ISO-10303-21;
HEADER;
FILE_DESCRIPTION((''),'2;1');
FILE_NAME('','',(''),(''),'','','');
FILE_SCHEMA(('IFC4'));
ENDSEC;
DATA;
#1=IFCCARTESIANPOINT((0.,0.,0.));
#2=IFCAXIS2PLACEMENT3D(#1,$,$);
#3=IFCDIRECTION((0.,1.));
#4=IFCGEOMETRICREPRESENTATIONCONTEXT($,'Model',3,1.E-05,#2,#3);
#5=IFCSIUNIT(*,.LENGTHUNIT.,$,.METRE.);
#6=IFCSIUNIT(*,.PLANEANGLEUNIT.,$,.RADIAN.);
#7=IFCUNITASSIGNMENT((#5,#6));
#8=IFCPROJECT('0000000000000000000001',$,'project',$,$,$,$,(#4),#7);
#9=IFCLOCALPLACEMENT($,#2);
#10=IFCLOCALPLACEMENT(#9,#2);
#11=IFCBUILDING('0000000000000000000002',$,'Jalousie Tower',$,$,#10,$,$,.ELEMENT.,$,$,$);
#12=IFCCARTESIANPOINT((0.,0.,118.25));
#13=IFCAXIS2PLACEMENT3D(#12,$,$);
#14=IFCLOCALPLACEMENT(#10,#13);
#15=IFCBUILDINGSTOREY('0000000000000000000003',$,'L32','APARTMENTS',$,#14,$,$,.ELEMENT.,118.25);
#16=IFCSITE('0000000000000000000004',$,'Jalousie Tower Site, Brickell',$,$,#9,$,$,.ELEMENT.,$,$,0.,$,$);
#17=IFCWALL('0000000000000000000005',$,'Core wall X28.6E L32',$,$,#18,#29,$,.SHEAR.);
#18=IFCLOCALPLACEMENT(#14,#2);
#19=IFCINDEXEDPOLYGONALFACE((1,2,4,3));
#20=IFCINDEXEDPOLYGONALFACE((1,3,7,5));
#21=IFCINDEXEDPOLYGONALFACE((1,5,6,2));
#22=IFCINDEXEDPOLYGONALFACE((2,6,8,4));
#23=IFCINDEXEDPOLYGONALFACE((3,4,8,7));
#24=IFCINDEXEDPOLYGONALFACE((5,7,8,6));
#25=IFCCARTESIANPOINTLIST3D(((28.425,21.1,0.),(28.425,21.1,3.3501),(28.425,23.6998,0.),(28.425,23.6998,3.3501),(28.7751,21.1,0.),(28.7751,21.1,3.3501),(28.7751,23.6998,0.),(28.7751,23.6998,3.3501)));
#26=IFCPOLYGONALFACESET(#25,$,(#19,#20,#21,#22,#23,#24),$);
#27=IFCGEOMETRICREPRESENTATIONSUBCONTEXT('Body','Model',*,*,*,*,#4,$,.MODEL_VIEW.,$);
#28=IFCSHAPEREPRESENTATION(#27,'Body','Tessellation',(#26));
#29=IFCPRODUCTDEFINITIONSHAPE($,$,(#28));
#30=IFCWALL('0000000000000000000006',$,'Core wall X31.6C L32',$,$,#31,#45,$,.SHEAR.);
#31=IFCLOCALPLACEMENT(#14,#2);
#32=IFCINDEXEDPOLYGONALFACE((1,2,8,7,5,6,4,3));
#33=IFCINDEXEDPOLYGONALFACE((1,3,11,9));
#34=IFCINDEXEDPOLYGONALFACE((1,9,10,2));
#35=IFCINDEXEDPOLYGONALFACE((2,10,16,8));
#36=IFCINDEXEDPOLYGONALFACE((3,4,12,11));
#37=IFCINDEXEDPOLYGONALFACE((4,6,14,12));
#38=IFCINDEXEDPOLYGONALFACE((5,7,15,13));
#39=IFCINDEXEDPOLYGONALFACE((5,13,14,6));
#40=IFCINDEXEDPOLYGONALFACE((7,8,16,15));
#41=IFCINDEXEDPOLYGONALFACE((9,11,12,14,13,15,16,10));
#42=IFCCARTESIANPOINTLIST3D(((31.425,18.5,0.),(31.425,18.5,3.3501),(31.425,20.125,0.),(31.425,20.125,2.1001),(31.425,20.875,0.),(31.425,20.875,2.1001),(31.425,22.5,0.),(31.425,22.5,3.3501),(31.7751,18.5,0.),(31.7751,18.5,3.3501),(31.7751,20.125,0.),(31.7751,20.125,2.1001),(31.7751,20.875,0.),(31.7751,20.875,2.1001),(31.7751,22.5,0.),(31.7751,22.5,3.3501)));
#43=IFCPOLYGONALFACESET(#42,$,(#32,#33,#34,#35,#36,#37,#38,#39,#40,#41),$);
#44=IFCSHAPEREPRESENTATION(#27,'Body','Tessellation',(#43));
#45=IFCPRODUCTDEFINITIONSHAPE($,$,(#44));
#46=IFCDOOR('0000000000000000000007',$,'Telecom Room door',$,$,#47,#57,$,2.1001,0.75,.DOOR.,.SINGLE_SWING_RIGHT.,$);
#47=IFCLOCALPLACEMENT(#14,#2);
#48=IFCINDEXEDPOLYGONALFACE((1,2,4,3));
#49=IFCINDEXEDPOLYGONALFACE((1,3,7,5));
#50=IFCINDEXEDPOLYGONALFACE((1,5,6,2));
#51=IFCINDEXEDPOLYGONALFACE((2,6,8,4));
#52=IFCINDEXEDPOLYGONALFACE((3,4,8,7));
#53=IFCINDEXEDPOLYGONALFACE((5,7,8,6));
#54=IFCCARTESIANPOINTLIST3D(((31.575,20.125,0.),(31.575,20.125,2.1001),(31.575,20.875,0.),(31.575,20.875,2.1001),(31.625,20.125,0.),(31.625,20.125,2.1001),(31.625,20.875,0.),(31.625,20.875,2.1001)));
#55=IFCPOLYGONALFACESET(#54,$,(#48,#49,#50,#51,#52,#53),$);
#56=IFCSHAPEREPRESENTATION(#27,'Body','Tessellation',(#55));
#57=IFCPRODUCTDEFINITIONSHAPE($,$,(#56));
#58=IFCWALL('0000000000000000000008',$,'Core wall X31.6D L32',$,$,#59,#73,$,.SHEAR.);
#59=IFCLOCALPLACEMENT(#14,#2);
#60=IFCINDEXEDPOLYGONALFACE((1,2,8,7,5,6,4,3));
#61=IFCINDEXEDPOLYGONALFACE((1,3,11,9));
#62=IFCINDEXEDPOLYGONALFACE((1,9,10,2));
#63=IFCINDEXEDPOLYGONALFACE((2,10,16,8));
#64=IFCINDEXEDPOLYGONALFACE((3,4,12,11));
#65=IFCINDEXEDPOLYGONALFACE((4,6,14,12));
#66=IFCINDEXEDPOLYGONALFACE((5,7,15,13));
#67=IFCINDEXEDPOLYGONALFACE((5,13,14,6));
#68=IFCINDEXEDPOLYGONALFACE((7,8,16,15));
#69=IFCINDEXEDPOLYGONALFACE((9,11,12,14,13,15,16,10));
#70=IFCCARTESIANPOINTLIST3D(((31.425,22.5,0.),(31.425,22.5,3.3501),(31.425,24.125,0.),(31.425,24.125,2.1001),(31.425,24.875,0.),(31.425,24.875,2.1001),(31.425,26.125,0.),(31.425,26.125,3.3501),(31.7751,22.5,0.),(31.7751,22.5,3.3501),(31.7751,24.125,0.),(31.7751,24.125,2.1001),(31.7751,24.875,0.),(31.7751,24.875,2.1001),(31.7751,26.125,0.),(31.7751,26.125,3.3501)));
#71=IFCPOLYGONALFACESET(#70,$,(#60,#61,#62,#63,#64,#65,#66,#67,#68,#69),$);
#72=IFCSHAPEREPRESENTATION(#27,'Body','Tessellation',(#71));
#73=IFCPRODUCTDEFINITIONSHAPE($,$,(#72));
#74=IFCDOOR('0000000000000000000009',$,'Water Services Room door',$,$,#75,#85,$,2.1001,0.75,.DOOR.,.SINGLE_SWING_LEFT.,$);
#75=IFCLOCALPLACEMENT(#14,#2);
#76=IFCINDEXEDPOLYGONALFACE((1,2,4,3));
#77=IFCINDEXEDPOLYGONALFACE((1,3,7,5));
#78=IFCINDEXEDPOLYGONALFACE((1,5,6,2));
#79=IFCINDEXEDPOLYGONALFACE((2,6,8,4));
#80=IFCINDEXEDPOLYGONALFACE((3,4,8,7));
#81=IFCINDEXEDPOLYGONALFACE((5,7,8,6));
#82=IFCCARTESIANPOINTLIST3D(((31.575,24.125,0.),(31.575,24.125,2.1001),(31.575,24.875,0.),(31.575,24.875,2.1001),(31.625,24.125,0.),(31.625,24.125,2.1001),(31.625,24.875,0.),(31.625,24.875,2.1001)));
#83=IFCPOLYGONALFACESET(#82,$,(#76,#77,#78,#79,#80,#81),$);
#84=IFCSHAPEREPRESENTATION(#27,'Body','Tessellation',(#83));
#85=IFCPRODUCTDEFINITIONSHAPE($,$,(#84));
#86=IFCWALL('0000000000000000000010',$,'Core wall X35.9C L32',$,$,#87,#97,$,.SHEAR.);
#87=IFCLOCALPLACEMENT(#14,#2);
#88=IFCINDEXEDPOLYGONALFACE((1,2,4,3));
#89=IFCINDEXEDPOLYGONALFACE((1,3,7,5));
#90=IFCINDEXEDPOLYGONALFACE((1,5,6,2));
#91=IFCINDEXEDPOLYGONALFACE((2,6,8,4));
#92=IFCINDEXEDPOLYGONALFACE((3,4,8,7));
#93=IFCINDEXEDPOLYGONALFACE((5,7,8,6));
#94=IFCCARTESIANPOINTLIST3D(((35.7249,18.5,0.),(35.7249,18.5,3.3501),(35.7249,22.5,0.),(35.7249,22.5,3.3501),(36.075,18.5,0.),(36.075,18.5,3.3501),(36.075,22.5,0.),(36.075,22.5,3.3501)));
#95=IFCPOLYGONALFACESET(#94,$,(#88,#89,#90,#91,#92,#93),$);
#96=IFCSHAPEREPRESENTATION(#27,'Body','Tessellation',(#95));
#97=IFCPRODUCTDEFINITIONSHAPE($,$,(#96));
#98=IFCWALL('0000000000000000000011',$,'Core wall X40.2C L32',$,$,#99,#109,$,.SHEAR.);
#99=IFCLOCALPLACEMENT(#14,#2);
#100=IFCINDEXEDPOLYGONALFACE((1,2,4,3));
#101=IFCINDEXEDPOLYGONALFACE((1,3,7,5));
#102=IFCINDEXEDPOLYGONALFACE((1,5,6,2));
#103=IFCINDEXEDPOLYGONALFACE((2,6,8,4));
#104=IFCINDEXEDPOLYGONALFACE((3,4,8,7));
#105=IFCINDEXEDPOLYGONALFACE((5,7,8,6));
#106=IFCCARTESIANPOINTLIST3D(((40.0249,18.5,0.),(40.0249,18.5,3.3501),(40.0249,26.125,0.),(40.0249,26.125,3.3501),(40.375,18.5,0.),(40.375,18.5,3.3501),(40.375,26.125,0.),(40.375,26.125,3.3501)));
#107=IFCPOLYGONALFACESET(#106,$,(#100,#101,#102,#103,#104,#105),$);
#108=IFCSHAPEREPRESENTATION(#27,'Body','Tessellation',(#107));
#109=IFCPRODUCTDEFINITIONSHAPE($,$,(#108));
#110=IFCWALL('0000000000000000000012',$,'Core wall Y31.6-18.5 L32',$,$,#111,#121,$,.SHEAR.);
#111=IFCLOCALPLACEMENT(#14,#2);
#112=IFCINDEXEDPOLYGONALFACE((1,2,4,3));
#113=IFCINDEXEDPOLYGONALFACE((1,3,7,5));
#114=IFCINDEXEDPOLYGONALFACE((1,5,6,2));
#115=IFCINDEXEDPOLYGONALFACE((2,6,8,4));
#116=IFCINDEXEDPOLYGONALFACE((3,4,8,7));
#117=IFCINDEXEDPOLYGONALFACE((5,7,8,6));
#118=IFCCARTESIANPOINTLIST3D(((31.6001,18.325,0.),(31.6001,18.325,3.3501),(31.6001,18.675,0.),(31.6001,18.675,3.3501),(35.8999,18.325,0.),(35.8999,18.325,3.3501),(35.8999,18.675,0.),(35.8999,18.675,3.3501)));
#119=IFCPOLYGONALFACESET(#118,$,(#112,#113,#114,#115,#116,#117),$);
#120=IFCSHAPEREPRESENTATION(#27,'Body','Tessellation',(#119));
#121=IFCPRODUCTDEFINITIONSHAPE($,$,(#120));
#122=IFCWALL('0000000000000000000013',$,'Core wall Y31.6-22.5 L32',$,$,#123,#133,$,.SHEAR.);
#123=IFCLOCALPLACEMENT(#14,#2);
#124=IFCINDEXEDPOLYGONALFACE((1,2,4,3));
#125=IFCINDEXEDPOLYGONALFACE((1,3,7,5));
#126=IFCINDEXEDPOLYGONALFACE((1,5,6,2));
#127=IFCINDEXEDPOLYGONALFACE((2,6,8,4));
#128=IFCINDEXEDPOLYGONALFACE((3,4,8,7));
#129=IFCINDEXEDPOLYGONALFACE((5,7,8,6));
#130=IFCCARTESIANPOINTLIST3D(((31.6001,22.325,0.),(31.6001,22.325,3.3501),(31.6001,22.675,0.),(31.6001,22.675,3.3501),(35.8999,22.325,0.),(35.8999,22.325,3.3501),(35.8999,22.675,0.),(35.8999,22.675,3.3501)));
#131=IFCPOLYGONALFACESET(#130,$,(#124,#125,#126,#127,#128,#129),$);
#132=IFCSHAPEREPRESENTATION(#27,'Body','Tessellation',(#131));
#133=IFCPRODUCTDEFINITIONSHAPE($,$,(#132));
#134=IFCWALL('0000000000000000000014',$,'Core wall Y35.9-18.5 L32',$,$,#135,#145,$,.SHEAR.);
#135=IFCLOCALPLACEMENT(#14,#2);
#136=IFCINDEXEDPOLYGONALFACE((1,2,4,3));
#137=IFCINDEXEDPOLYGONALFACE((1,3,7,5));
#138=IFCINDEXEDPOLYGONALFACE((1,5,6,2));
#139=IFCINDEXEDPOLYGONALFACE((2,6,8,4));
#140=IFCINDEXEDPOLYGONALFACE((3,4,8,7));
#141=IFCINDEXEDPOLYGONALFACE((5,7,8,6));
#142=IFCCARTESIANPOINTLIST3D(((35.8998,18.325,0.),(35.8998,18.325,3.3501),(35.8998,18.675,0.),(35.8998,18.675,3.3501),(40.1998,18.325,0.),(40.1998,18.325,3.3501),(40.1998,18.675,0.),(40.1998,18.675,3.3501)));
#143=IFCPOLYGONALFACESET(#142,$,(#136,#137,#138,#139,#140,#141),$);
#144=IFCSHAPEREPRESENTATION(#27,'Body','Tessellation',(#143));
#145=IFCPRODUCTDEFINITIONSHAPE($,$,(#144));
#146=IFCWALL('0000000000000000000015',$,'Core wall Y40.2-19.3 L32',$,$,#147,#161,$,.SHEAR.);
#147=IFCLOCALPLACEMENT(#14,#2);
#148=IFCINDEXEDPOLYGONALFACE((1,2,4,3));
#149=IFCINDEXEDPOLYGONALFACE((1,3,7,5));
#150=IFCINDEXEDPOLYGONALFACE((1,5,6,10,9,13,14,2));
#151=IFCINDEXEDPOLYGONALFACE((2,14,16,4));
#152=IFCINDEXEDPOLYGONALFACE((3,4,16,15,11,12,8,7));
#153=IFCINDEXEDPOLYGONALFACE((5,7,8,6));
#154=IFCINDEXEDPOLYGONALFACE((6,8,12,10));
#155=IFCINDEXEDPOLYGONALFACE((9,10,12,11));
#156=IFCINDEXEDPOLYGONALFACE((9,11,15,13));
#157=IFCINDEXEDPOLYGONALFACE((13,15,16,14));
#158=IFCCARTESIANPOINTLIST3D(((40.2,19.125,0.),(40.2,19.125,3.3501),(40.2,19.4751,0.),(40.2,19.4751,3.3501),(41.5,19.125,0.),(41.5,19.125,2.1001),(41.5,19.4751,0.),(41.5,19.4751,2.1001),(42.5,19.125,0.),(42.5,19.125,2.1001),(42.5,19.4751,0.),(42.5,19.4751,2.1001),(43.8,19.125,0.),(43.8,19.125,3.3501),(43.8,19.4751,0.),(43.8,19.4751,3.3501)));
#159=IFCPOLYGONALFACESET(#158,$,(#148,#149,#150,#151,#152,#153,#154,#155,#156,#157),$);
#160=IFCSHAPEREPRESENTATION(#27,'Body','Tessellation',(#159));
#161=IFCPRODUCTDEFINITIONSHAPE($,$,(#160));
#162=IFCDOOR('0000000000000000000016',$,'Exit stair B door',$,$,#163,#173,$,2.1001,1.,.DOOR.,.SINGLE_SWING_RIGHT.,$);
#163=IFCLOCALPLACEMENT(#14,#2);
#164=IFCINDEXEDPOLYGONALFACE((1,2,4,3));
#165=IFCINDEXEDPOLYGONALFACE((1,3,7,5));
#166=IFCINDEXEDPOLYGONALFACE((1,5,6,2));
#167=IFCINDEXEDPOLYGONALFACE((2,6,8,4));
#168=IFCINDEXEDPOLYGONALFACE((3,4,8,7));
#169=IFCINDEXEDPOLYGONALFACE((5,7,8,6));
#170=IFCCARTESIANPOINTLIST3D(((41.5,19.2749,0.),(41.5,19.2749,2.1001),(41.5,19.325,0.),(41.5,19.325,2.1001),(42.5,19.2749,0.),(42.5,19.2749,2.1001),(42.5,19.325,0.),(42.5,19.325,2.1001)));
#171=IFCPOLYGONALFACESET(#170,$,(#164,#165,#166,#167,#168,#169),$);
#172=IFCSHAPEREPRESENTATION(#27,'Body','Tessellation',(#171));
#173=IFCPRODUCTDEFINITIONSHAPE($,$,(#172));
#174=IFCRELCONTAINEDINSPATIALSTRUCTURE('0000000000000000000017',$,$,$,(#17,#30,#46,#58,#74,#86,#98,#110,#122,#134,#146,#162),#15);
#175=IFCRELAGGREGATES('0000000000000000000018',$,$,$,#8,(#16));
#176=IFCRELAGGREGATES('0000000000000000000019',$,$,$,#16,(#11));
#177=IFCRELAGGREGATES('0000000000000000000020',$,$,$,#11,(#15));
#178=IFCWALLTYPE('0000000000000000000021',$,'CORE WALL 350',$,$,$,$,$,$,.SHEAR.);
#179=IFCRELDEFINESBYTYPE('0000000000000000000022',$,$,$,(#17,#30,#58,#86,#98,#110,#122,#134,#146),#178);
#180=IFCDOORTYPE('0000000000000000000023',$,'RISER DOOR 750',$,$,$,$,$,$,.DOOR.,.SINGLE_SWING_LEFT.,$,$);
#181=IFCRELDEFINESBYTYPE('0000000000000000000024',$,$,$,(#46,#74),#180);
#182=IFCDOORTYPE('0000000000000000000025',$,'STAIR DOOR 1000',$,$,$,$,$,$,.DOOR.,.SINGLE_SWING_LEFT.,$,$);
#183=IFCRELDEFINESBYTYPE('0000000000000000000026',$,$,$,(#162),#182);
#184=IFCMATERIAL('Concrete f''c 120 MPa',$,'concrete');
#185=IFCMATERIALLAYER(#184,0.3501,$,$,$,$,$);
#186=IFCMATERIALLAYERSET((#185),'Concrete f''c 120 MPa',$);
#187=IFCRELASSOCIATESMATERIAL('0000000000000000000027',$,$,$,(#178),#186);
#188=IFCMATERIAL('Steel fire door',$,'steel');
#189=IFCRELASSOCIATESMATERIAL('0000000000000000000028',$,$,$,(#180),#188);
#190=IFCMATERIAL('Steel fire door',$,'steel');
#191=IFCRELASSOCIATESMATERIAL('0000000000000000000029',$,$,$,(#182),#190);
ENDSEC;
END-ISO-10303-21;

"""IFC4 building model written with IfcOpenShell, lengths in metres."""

from ifc_helpers import new_model, si_unit, direction, frame, frame_2d, origin, place, context, subcontext, project, spatial, rectangle, extrude, material, layer, layer_set, type_object, element, fill, save


model = new_model("IFC4")

# Units and contexts
model_context = context("Model", 3, precision=1e-05, world=origin(), true_north=direction((0.0, 1.0)))
body_context = subcontext(model_context, "Body", "Model", "MODEL_VIEW")
ifc_project = project(units=[si_unit("LENGTHUNIT", "METRE"), si_unit("PLANEANGLEUNIT", "RADIAN")], contexts=[model_context])

# Site, building, storey
site_placement = place(None, origin())
site = spatial("IfcSite", under=ifc_project, at=site_placement, Name="Jalousie Tower Site, Brickell", CompositionType="ELEMENT", RefElevation=0.0)
building_placement = place(site_placement, origin())
building = spatial("IfcBuilding", under=site, at=building_placement, Name="Jalousie Tower", CompositionType="ELEMENT")
storey_placement = place(building_placement, frame((0.0, 0.0, 118.25)))
storey = spatial("IfcBuildingStorey", under=building, at=storey_placement, Name="L32", Description="APARTMENTS", CompositionType="ELEMENT", Elevation=118.25)

# Wall
ifc_material_1 = material(Name="Concrete f'c 120 MPa", Category="concrete")
ifc_layer = layer(ifc_material_1, 0.3501)
ifc_layer_set = layer_set([ifc_layer], Name="Concrete f'c 120 MPa")
wall_type_1 = type_object("IfcWallType", Name="CORE WALL 350", PredefinedType="SHEAR", material=ifc_layer_set)
wall_1_placement = place(storey_placement, frame((28.6001, 21.1001, 0.0), z_axis=(0.0, 0.0, 1.0), x_axis=(0.0, 1.0, 0.0)))
element("IfcWall", 1, at=wall_1_placement, inside=storey, type_object=wall_type_1, Name="Core wall X28.6E L32", PredefinedType="SHEAR", context=body_context, shape_type="SweptSolid", body=[
    extrude(rectangle(XDim=2.5999, YDim=0.3501, at=frame_2d((1.2998, 0.0))), origin(), (0.0, 0.0, 1.0), 3.3501),
])

# Walls, openings, doors
wall_2_placement = place(storey_placement, frame((31.6001, 18.5, 0.0), z_axis=(0.0, 0.0, 1.0), x_axis=(0.0, 1.0, 0.0)))
wall_2 = element("IfcWall", 2, at=wall_2_placement, inside=storey, type_object=wall_type_1, Name="Core wall X31.6C L32", PredefinedType="SHEAR", context=body_context, shape_type="SweptSolid", body=[
    extrude(rectangle(XDim=4.0, YDim=0.3501, at=frame_2d((2.0, 0.0))), origin(), (0.0, 0.0, 1.0), 3.3501),
])
opening_1_placement = place(wall_2_placement, frame((1.625, 0.0, 0.0)))
opening_1 = element("IfcOpeningElement", 3, at=opening_1_placement, cuts=wall_2, PredefinedType="OPENING", context=body_context, shape_type="SweptSolid", body=[
    extrude(rectangle(XDim=0.75, YDim=2.1001, at=frame_2d((0.375, 1.05))), frame((0.0, 0.1851, 0.0), z_axis=(0.0, -1.0, 0.0), x_axis=(1.0, 0.0, 0.0)), (0.0, 0.0, 1.0), 0.3701),
])
ifc_material_2 = material(Name="Steel fire door", Category="steel")
door_type_1 = type_object("IfcDoorType", Name="RISER DOOR 750", OperationType="SINGLE_SWING_LEFT", PredefinedType="DOOR", material=ifc_material_2)
door_1_placement = place(opening_1_placement, frame((0.75, 0.0, 0.0), z_axis=(0.0, 0.0, 1.0), x_axis=(-1.0, 0.0, 0.0)))
door_1 = element("IfcDoor", 4, at=door_1_placement, inside=storey, type_object=door_type_1, Name="Telecom Room door", OperationType="SINGLE_SWING_RIGHT", OverallHeight=2.1001, OverallWidth=0.75, PredefinedType="DOOR", context=body_context, shape_type="SweptSolid", body=[
    extrude(rectangle(XDim=0.75, YDim=2.1001, at=frame_2d((0.375, 1.05))), frame((0.0, 0.0249, 0.0), z_axis=(0.0, -1.0, 0.0), x_axis=(1.0, 0.0, 0.0)), (0.0, 0.0, 1.0), 0.05),
])
fill(opening_1, door_1)
wall_3_placement = place(storey_placement, frame((31.6001, 22.5, 0.0), z_axis=(0.0, 0.0, 1.0), x_axis=(0.0, 1.0, 0.0)))
wall_3 = element("IfcWall", 5, at=wall_3_placement, inside=storey, type_object=wall_type_1, Name="Core wall X31.6D L32", PredefinedType="SHEAR", context=body_context, shape_type="SweptSolid", body=[
    extrude(rectangle(XDim=3.625, YDim=0.3501, at=frame_2d((1.8125, 0.0))), origin(), (0.0, 0.0, 1.0), 3.3501),
])
opening_2_placement = place(wall_3_placement, frame((1.625, 0.0, 0.0)))
opening_2 = element("IfcOpeningElement", 6, at=opening_2_placement, cuts=wall_3, PredefinedType="OPENING", context=body_context, shape_type="SweptSolid", body=[
    extrude(rectangle(XDim=0.75, YDim=2.1001, at=frame_2d((0.375, 1.05))), frame((0.0, 0.1851, 0.0), z_axis=(0.0, -1.0, 0.0), x_axis=(1.0, 0.0, 0.0)), (0.0, 0.0, 1.0), 0.3701),
])
door_2_placement = place(opening_2_placement, frame((0.75, 0.0, 0.0), z_axis=(0.0, 0.0, 1.0), x_axis=(-1.0, 0.0, 0.0)))
door_2 = element("IfcDoor", 7, at=door_2_placement, inside=storey, type_object=door_type_1, Name="Water Services Room door", OperationType="SINGLE_SWING_LEFT", OverallHeight=2.1001, OverallWidth=0.75, PredefinedType="DOOR", context=body_context, shape_type="SweptSolid", body=[
    extrude(rectangle(XDim=0.75, YDim=2.1001, at=frame_2d((0.375, 1.05))), frame((0.0, 0.0249, 0.0), z_axis=(0.0, -1.0, 0.0), x_axis=(1.0, 0.0, 0.0)), (0.0, 0.0, 1.0), 0.05),
])
fill(opening_2, door_2)

# Walls
wall_4_placement = place(storey_placement, frame((35.8999, 18.5, 0.0), z_axis=(0.0, 0.0, 1.0), x_axis=(0.0, 1.0, 0.0)))
element("IfcWall", 8, at=wall_4_placement, inside=storey, type_object=wall_type_1, Name="Core wall X35.9C L32", PredefinedType="SHEAR", context=body_context, shape_type="SweptSolid", body=[
    extrude(rectangle(XDim=4.0, YDim=0.3501, at=frame_2d((2.0, 0.0))), origin(), (0.0, 0.0, 1.0), 3.3501),
])
wall_5_placement = place(storey_placement, frame((40.2, 18.5, 0.0), z_axis=(0.0, 0.0, 1.0), x_axis=(0.0, 1.0, 0.0)))
element("IfcWall", 9, at=wall_5_placement, inside=storey, type_object=wall_type_1, Name="Core wall X40.2C L32", PredefinedType="SHEAR", context=body_context, shape_type="SweptSolid", body=[
    extrude(rectangle(XDim=7.625, YDim=0.3501, at=frame_2d((3.8125, 0.0))), origin(), (0.0, 0.0, 1.0), 3.3501),
])
for number, where, z_axis, x_axis, name in (
    (10, (31.6001, 18.5, 0.0), (0.0, 0.0, 1.0), (1.0, 0.0, 0.0), "Core wall Y31.6-18.5 L32"),
    (11, (31.6001, 22.5, 0.0), (0.0, 0.0, 1.0), (1.0, 0.0, 0.0), "Core wall Y31.6-22.5 L32"),
):
    element("IfcWall", number, at=place(storey_placement, frame(where, z_axis=z_axis, x_axis=x_axis)), inside=storey, type_object=wall_type_1, Name=name, PredefinedType="SHEAR", context=body_context, shape_type="SweptSolid", body=[
        extrude(rectangle(XDim=4.2998, YDim=0.3501, at=frame_2d((2.1499, 0.0))), origin(), (0.0, 0.0, 1.0), 3.3501),
    ])
wall_6_placement = place(storey_placement, frame((35.8999, 18.5, 0.0), z_axis=(0.0, 0.0, 1.0), x_axis=(1.0, 0.0, 0.0)))
element("IfcWall", 12, at=wall_6_placement, inside=storey, type_object=wall_type_1, Name="Core wall Y35.9-18.5 L32", PredefinedType="SHEAR", context=body_context, shape_type="SweptSolid", body=[
    extrude(rectangle(XDim=4.3, YDim=0.3501, at=frame_2d((2.1499, 0.0))), origin(), (0.0, 0.0, 1.0), 3.3501),
])

# Wall, opening, door
wall_7_placement = place(storey_placement, frame((40.2, 19.3, 0.0), z_axis=(0.0, 0.0, 1.0), x_axis=(1.0, 0.0, 0.0)))
wall_7 = element("IfcWall", 13, at=wall_7_placement, inside=storey, type_object=wall_type_1, Name="Core wall Y40.2-19.3 L32", PredefinedType="SHEAR", context=body_context, shape_type="SweptSolid", body=[
    extrude(rectangle(XDim=3.6001, YDim=0.3501, at=frame_2d((1.8, 0.0))), origin(), (0.0, 0.0, 1.0), 3.3501),
])
opening_3_placement = place(wall_7_placement, frame((1.3, 0.0, 0.0)))
opening_3 = element("IfcOpeningElement", 14, at=opening_3_placement, cuts=wall_7, PredefinedType="OPENING", context=body_context, shape_type="SweptSolid", body=[
    extrude(rectangle(XDim=1.0, YDim=2.1001, at=frame_2d((0.5, 1.05))), frame((0.0, 0.1851, 0.0), z_axis=(0.0, -1.0, 0.0), x_axis=(1.0, 0.0, 0.0)), (0.0, 0.0, 1.0), 0.3701),
])
ifc_material_3 = material(Name="Steel fire door", Category="steel")
door_type_2 = type_object("IfcDoorType", Name="STAIR DOOR 1000", OperationType="SINGLE_SWING_LEFT", PredefinedType="DOOR", material=ifc_material_3)
door_3_placement = place(opening_3_placement, origin())
door_3 = element("IfcDoor", 15, at=door_3_placement, inside=storey, type_object=door_type_2, Name="Exit stair B door", OperationType="SINGLE_SWING_RIGHT", OverallHeight=2.1001, OverallWidth=1.0, PredefinedType="DOOR", context=body_context, shape_type="SweptSolid", body=[
    extrude(rectangle(XDim=1.0, YDim=2.1001, at=frame_2d((0.5, 1.05))), frame((0.0, 0.0249, 0.0), z_axis=(0.0, -1.0, 0.0), x_axis=(1.0, 0.0, 0.0)), (0.0, 0.0, 1.0), 0.05),
])
fill(opening_3, door_3)

save(model, "model.ifc")
